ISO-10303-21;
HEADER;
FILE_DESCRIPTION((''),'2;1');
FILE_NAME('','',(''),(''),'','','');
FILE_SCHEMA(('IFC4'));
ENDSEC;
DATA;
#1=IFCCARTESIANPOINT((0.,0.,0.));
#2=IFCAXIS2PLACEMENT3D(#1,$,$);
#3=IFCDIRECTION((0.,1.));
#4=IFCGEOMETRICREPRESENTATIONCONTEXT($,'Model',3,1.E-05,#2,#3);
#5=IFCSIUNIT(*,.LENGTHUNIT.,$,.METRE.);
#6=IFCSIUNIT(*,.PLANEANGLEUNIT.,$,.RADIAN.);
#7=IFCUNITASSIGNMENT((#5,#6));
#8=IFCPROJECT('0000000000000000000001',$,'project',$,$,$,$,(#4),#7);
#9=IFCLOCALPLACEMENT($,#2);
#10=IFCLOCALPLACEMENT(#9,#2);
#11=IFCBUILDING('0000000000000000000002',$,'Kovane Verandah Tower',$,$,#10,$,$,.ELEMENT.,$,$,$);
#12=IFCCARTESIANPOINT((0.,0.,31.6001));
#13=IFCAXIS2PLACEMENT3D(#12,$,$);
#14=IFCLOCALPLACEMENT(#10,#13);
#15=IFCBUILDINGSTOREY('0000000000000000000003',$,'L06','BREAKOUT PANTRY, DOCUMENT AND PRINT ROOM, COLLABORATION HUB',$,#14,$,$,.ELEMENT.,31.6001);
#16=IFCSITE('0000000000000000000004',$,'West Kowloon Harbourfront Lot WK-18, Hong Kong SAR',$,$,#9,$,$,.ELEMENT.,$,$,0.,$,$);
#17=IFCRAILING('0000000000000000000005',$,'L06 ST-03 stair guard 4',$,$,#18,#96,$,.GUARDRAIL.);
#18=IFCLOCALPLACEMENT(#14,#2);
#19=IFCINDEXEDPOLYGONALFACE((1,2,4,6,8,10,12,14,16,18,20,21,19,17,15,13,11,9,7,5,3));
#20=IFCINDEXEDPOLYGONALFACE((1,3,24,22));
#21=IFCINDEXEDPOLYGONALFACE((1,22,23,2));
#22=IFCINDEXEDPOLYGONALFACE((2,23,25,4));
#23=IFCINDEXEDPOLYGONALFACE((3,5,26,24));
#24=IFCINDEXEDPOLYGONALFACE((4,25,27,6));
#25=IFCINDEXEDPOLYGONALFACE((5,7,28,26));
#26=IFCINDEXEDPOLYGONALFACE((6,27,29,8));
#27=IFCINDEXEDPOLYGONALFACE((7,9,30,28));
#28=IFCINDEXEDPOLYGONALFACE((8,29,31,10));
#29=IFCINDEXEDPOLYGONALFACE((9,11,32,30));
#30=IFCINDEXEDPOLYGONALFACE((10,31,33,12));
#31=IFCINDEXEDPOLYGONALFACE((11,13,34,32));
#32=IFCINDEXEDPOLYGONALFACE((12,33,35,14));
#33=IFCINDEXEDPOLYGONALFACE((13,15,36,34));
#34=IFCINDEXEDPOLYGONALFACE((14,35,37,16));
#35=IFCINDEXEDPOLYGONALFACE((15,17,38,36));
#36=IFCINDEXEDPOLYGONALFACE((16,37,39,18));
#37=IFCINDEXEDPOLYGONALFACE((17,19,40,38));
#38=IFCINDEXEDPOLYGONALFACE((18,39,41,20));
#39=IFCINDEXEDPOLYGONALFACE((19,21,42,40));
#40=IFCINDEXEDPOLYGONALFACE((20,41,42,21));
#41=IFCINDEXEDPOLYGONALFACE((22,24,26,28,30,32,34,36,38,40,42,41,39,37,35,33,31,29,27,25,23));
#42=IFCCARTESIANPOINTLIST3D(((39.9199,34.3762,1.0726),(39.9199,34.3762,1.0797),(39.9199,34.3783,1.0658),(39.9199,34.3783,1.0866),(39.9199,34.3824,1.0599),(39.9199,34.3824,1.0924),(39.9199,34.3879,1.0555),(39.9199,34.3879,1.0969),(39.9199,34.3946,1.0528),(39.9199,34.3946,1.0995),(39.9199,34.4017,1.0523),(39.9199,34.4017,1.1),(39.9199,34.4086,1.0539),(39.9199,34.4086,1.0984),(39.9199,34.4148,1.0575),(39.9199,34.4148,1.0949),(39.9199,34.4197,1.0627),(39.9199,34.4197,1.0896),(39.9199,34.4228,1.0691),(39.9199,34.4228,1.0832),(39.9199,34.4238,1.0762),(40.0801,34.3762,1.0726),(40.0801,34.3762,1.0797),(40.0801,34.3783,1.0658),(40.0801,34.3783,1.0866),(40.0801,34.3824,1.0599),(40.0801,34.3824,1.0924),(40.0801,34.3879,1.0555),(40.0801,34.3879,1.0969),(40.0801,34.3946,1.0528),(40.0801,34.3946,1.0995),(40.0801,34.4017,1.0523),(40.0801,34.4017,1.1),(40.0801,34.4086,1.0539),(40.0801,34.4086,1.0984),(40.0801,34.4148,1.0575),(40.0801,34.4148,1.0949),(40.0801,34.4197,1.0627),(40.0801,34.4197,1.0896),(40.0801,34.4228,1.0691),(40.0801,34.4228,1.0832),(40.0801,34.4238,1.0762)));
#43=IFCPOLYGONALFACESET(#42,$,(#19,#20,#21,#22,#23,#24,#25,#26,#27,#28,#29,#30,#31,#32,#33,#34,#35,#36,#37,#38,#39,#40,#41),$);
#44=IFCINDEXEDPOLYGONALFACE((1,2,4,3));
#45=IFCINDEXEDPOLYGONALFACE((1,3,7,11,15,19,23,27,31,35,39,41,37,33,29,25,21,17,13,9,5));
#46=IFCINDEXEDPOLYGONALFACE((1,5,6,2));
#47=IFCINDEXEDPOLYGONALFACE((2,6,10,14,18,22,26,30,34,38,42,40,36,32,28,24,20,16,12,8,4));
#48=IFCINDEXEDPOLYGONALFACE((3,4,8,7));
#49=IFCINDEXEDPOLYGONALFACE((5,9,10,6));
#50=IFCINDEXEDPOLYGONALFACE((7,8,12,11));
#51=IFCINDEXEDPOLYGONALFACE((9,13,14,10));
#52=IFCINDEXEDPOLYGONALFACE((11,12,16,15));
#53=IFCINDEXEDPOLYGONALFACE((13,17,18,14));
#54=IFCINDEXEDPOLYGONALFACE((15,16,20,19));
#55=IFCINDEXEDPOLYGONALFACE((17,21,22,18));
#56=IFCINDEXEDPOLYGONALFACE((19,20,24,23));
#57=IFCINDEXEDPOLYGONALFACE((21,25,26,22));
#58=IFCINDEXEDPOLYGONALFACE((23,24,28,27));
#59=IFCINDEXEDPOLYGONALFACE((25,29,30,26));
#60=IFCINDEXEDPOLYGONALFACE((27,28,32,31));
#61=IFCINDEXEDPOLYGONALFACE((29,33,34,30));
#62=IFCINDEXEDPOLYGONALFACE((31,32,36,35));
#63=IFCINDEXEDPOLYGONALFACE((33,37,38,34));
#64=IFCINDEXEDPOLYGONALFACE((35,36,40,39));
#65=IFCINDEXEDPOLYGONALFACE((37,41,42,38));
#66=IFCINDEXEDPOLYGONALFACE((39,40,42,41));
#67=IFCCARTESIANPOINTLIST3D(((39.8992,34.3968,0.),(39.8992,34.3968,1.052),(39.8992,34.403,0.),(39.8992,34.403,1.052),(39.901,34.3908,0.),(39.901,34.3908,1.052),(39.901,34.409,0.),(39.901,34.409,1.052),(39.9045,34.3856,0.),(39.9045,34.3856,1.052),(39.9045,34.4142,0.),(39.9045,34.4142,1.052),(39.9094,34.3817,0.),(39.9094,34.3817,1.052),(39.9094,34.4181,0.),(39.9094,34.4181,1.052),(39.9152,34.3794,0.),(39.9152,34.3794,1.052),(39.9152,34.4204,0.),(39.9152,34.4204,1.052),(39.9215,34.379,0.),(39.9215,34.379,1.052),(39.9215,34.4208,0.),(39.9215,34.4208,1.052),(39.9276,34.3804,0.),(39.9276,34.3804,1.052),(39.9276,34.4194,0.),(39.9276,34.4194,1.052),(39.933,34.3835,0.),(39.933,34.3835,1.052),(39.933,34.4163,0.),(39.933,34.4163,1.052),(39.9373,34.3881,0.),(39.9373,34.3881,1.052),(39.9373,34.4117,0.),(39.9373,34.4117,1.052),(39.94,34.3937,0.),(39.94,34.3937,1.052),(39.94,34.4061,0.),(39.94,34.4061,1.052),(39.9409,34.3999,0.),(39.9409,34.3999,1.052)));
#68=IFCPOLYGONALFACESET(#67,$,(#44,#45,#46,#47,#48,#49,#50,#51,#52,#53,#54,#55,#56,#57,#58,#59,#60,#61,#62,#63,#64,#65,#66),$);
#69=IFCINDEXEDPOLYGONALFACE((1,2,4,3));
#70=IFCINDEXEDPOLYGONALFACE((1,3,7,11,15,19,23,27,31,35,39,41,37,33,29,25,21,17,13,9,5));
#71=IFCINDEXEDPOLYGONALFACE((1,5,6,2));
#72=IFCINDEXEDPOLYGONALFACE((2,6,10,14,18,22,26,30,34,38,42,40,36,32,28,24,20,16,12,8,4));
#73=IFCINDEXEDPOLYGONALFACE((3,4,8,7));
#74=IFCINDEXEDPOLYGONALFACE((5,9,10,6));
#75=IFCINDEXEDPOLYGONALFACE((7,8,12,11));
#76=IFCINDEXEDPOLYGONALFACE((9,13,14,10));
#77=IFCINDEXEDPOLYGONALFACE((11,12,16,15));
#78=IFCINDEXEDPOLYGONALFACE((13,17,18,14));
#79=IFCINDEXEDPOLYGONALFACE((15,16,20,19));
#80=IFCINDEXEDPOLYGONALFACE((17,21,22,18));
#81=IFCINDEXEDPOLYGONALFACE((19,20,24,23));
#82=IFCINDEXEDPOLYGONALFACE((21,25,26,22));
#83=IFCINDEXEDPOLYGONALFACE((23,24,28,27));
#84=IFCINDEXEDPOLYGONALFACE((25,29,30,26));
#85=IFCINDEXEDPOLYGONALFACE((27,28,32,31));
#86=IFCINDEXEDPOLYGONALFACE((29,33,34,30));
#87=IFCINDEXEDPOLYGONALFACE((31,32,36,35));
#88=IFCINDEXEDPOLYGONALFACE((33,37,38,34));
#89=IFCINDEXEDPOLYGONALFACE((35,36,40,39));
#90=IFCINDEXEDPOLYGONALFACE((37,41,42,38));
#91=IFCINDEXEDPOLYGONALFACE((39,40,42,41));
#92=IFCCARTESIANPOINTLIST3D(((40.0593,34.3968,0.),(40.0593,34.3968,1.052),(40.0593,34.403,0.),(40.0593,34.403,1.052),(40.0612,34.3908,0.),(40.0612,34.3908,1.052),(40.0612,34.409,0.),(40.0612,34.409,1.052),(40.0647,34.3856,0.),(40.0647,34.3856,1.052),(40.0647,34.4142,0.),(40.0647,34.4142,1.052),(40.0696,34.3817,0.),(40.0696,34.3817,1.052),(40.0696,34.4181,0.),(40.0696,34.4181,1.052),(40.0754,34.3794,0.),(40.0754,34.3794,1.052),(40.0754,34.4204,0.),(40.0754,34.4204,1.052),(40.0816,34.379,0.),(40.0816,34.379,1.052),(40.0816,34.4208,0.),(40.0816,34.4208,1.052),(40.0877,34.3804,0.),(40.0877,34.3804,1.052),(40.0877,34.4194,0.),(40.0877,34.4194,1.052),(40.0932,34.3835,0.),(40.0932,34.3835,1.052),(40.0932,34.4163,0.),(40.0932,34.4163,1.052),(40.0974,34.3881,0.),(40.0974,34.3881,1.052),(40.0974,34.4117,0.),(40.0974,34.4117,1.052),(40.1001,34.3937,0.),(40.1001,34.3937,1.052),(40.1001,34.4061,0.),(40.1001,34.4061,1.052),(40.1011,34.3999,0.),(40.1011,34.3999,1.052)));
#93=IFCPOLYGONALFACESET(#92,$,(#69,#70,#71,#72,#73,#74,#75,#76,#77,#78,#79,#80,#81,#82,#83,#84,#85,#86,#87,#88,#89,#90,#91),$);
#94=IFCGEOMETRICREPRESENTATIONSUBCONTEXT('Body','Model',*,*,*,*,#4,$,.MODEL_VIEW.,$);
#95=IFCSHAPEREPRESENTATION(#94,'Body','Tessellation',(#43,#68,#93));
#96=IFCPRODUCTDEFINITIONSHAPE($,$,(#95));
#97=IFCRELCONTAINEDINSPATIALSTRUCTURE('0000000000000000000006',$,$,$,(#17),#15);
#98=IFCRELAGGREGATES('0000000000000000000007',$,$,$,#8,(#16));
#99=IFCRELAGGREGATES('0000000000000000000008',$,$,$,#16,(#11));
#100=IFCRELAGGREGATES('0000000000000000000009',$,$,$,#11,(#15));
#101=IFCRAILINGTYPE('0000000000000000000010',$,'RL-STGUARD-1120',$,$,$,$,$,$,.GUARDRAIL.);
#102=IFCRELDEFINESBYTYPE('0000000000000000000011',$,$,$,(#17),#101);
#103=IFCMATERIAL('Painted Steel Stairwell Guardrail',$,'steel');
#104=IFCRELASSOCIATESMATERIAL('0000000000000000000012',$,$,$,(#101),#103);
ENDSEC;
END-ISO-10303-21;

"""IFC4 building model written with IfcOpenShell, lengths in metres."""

from ifc_helpers import new_model, si_unit, direction, frame, origin, origin_2d, place, context, subcontext, project, spatial, circle, extrude, material, type_object, element, save


model = new_model("IFC4")

# Units and contexts
model_context = context("Model", 3, precision=1e-05, world=origin(), true_north=direction((0.0, 1.0)))
body_context = subcontext(model_context, "Body", "Model", "MODEL_VIEW")
ifc_project = project(units=[si_unit("LENGTHUNIT", "METRE"), si_unit("PLANEANGLEUNIT", "RADIAN")], contexts=[model_context])

# Site, building, storey
site_placement = place(None, origin())
site = spatial("IfcSite", under=ifc_project, at=site_placement, Name="West Kowloon Harbourfront Lot WK-18, Hong Kong SAR", CompositionType="ELEMENT", RefElevation=0.0)
building_placement = place(site_placement, origin())
building = spatial("IfcBuilding", under=site, at=building_placement, Name="Kovane Verandah Tower", CompositionType="ELEMENT")
storey_placement = place(building_placement, frame((0.0, 0.0, 31.6001)))
storey = spatial("IfcBuildingStorey", under=building, at=storey_placement, Name="L06", Description="BREAKOUT PANTRY, DOCUMENT AND PRINT ROOM, COLLABORATION HUB", CompositionType="ELEMENT", Elevation=31.6001)

# Railing
ifc_material_1 = material(Name="Painted Steel Stairwell Guardrail", Category="steel")
railing_type = type_object("IfcRailingType", Name="RL-STGUARD-1120", PredefinedType="GUARDRAIL", material=ifc_material_1)
railing_1_placement = place(storey_placement, frame((39.9199, 34.3999, 0.0)))
element("IfcRailing", 1, at=railing_1_placement, inside=storey, type_object=railing_type, Name="L06 ST-03 stair guard 4", PredefinedType="GUARDRAIL", context=body_context, shape_type="SweptSolid", body=[
    extrude(circle(Radius=0.0239, at=origin_2d()), frame((0.0, 0.0, 1.0762), z_axis=(1.0, 0.0, 0.0), x_axis=(0.0, 1.0, 0.0)), (0.0, 0.0, 1.0), 0.1602),
    extrude(circle(Radius=0.021, at=origin_2d()), origin(), (0.0, 0.0, 1.0), 1.052),
    extrude(circle(Radius=0.021, at=origin_2d()), frame((0.1602, 0.0, 0.0)), (0.0, 0.0, 1.0), 1.052),
])

save(model, "model.ifc")
